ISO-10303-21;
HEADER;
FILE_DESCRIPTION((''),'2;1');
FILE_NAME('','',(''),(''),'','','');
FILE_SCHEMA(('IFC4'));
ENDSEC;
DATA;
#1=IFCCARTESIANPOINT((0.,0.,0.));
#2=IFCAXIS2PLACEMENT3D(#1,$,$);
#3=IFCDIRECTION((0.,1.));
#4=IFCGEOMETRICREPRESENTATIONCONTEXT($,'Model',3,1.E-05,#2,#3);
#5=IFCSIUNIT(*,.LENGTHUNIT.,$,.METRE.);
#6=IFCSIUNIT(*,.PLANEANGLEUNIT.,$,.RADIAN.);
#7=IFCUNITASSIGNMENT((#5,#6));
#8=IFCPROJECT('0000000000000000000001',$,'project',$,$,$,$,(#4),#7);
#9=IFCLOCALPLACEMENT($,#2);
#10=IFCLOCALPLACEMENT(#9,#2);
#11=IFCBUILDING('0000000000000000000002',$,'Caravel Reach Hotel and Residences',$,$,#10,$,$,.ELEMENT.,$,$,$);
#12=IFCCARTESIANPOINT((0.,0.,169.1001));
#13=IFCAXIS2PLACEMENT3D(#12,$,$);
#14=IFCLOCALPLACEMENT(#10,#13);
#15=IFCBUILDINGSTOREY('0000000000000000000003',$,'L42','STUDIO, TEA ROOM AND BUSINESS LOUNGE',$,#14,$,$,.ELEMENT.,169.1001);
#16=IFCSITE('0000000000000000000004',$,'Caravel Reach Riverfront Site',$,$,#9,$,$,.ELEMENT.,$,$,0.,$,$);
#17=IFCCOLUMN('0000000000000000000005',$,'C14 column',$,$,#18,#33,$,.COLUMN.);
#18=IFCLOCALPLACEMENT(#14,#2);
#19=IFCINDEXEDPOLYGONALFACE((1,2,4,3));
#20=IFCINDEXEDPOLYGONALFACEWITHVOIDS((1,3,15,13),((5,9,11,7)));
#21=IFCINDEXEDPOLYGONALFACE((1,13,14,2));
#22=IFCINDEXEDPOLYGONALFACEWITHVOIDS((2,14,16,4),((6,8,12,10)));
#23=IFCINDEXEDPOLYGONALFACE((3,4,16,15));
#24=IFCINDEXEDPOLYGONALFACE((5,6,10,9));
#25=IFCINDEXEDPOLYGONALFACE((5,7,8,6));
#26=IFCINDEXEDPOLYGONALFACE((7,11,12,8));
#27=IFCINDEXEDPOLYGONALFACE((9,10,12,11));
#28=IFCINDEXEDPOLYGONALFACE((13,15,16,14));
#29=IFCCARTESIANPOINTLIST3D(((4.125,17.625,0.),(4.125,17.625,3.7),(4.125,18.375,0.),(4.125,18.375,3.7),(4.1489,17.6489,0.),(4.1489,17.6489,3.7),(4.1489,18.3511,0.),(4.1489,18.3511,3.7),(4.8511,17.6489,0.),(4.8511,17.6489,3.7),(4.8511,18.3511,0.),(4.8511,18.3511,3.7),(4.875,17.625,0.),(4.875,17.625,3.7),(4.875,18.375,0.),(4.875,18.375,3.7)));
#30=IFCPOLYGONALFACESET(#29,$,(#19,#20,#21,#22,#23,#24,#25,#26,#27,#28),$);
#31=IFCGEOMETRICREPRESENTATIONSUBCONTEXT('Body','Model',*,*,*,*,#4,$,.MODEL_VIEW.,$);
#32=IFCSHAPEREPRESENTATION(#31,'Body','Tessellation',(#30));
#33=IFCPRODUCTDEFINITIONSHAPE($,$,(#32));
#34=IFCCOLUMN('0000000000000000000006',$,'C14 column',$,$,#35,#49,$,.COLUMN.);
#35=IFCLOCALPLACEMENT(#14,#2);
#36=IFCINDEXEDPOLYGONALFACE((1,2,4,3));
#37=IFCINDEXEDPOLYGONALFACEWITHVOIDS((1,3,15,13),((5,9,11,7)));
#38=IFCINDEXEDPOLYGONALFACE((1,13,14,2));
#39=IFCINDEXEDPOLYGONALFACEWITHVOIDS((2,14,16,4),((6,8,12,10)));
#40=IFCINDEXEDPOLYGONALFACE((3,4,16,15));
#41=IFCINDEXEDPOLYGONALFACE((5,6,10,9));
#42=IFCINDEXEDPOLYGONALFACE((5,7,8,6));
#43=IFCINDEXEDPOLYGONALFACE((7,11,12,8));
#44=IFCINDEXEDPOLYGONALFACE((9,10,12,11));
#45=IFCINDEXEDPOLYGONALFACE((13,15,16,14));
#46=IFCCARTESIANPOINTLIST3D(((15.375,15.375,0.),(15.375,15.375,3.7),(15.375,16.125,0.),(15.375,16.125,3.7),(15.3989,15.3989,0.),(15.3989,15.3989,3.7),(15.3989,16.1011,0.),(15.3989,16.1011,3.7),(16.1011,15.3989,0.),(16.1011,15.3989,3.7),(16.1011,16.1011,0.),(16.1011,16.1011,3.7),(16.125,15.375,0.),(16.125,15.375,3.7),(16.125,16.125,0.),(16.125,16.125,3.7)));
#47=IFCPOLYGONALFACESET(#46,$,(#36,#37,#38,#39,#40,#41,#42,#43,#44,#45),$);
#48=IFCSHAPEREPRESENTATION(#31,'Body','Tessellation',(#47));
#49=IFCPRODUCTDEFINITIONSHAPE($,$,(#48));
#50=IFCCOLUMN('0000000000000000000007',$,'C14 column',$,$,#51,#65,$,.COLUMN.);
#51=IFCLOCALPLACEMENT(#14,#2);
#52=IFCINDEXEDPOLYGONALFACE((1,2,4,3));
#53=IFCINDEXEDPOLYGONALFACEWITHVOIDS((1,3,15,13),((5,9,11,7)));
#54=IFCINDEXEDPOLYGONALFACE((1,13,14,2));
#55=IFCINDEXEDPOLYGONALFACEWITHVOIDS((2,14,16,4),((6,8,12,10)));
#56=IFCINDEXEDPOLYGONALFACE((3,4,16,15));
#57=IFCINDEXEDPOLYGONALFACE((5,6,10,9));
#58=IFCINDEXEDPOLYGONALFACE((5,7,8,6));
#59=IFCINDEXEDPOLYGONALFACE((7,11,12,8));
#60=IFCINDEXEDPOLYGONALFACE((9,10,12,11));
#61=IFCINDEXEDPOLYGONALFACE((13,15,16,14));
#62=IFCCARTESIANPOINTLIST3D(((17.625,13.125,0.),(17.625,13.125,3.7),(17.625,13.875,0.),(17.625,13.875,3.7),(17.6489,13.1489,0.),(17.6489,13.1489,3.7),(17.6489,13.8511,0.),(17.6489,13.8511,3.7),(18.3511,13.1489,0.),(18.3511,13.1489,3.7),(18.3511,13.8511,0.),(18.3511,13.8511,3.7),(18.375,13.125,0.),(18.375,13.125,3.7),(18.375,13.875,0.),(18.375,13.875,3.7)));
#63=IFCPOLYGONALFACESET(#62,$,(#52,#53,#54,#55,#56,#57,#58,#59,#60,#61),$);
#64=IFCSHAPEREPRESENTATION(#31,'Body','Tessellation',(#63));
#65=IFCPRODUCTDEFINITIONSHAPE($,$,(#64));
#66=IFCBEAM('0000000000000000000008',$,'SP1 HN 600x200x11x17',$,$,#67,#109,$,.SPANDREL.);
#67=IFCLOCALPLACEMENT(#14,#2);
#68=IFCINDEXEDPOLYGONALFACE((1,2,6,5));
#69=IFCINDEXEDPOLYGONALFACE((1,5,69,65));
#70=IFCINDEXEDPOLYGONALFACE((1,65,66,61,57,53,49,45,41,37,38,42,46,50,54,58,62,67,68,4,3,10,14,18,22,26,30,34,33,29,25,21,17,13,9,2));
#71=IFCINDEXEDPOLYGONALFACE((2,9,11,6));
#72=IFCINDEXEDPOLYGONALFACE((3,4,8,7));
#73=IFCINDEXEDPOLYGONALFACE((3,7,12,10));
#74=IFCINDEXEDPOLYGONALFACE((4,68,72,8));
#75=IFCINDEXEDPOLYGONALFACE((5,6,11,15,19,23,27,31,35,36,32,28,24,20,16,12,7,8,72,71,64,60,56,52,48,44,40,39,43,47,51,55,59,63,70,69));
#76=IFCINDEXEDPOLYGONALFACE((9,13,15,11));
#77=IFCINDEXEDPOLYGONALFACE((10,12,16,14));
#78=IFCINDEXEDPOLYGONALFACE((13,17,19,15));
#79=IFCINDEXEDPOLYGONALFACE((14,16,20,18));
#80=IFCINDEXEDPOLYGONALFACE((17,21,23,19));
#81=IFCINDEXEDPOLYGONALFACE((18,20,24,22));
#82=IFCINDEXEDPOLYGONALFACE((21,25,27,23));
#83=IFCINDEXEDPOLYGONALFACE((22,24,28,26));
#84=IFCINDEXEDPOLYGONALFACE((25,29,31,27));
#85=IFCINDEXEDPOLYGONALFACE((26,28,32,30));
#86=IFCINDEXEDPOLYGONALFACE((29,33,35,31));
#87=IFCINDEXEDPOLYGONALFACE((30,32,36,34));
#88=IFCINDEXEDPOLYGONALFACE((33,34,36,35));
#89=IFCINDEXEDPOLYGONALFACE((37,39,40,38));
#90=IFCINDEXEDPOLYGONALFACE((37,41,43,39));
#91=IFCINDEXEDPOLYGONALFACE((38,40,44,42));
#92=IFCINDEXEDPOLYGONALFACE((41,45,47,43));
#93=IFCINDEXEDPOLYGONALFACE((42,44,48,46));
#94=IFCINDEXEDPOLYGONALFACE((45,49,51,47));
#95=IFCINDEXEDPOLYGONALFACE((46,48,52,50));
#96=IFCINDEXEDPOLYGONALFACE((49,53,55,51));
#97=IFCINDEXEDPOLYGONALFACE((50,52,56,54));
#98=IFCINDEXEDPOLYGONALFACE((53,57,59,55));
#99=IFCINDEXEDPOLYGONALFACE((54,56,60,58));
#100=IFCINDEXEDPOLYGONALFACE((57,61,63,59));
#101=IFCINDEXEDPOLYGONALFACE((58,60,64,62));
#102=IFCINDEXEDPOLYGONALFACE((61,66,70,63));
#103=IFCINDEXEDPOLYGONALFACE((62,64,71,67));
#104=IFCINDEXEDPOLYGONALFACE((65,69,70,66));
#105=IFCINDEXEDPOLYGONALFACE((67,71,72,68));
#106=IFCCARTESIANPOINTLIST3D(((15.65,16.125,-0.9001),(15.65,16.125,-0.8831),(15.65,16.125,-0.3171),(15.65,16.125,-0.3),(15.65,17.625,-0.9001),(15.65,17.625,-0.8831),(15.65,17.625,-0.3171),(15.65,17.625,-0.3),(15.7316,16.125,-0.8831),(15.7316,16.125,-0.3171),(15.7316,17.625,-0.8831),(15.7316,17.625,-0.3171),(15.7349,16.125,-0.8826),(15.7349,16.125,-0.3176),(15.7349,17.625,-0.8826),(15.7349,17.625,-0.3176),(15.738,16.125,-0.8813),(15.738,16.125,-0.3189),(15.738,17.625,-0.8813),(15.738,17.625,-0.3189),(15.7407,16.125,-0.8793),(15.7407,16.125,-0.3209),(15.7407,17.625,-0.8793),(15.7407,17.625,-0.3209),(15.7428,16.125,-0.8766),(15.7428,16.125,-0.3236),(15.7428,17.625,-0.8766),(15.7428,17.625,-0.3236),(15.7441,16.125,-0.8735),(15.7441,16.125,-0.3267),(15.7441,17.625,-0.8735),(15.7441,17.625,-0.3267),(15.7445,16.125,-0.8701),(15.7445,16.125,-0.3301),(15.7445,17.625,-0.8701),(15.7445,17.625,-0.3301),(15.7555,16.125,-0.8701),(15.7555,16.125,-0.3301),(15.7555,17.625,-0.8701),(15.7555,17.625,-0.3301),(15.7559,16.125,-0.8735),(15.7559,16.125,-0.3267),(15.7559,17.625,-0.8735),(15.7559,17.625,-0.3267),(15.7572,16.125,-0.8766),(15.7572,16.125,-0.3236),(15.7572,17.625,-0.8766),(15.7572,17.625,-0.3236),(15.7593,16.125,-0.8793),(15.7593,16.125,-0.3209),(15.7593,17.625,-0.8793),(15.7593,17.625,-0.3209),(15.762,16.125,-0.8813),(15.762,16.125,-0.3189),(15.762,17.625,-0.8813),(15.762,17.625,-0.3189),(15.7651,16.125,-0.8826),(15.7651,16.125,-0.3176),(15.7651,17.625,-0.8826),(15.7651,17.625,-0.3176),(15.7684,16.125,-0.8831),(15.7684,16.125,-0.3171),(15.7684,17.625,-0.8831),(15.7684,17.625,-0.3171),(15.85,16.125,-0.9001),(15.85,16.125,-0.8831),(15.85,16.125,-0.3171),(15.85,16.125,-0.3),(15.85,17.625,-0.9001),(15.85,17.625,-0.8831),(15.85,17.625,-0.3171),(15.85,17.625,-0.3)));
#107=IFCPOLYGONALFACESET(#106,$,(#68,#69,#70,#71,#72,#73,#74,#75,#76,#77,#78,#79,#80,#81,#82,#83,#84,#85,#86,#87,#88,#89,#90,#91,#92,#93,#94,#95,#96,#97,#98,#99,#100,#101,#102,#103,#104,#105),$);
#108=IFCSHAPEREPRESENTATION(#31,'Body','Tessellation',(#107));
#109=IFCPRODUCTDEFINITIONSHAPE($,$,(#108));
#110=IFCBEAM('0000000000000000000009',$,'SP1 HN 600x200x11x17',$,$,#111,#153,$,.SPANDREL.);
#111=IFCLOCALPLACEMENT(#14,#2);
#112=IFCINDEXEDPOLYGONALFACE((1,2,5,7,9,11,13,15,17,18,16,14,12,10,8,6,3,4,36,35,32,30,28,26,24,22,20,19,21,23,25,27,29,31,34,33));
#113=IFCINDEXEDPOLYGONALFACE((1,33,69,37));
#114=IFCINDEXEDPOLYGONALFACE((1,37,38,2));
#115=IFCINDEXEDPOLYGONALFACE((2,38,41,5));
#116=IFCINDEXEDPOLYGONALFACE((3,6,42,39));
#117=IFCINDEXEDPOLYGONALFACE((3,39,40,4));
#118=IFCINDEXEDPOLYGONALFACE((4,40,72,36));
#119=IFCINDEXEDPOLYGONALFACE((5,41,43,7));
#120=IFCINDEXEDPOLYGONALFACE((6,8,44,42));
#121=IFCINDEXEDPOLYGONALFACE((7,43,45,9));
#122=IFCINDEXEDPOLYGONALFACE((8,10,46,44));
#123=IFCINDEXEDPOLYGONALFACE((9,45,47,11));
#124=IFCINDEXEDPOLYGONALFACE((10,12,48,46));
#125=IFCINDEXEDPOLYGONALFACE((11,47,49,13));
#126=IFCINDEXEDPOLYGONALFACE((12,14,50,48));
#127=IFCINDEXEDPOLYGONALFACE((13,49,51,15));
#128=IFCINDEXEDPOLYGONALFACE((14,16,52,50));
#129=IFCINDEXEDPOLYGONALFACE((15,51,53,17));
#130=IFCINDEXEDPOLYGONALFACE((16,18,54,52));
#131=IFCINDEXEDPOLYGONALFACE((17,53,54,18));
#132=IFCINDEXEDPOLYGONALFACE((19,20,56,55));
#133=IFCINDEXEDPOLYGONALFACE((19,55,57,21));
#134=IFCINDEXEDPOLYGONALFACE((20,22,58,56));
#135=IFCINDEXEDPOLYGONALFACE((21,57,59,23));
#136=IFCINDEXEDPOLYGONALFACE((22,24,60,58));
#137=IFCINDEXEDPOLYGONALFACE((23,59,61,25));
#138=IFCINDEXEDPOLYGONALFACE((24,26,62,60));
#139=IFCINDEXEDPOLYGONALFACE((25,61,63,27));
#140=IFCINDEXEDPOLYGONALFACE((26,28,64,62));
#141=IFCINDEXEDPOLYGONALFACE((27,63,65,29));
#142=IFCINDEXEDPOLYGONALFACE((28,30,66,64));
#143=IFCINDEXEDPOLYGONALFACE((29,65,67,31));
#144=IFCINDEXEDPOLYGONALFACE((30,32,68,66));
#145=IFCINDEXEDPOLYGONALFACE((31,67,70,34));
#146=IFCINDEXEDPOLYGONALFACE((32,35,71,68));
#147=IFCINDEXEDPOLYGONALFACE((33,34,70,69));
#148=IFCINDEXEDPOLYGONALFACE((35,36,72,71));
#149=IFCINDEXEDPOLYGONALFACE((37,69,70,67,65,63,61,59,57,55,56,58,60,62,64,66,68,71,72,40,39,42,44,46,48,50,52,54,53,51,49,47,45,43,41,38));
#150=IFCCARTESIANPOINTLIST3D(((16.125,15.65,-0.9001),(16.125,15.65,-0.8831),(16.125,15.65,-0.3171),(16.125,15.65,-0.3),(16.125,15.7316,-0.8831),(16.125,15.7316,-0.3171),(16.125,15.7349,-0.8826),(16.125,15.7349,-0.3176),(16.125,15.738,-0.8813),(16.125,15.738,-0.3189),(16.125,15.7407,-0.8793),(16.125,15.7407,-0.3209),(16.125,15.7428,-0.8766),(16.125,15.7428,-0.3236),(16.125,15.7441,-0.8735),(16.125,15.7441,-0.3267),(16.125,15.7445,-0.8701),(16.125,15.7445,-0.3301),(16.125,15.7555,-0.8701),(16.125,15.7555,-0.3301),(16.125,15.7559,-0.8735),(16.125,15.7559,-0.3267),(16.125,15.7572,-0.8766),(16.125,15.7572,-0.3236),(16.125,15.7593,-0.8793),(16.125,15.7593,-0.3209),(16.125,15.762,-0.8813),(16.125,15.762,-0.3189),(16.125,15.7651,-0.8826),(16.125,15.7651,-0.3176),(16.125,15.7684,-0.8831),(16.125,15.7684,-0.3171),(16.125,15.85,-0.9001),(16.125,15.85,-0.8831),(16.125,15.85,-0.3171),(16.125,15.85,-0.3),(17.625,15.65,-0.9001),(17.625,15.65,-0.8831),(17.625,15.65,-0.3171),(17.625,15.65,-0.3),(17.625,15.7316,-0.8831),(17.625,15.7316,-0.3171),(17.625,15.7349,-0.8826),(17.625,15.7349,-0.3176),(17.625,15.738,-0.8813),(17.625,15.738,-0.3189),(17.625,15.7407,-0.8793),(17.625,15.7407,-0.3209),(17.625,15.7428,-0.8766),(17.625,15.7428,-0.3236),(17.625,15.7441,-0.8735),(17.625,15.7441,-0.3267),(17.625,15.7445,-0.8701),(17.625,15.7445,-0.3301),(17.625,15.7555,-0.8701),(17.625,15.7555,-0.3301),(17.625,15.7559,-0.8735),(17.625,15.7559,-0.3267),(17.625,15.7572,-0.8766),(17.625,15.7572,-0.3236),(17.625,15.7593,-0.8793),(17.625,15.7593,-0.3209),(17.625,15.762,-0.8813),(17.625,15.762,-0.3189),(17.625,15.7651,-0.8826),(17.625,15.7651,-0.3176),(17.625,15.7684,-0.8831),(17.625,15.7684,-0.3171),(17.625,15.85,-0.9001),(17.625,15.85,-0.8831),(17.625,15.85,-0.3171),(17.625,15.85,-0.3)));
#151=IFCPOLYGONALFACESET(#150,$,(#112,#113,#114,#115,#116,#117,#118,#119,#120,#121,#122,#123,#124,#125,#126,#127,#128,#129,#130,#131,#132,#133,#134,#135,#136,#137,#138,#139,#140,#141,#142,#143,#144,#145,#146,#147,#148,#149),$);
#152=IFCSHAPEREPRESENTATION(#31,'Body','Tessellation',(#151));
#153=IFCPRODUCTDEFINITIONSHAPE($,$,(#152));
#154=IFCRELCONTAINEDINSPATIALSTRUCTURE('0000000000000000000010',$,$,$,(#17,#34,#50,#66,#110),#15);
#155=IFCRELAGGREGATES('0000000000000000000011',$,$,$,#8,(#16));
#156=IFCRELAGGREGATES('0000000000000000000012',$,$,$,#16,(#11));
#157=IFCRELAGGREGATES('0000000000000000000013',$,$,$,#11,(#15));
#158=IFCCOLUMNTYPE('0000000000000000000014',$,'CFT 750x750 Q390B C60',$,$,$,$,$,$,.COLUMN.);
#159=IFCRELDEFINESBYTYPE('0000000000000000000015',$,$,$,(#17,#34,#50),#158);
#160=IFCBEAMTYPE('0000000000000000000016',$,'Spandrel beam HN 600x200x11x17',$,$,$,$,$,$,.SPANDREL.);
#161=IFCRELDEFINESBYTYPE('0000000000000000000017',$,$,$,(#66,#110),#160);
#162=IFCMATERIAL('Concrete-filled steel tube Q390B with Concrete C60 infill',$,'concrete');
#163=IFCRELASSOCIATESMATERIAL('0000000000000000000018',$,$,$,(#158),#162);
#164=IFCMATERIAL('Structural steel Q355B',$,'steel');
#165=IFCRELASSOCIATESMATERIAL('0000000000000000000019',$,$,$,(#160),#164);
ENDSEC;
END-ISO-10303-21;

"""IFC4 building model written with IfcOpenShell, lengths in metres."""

from ifc_helpers import new_model, si_unit, direction, frame, origin, origin_2d, place, context, subcontext, project, spatial, hollow_rectangle, i_section, extrude, material, material_profile, profile_set, type_object, element, save


model = new_model("IFC4")

# Units and contexts
model_context = context("Model", 3, precision=1e-05, world=origin(), true_north=direction((0.0, 1.0)))
body_context = subcontext(model_context, "Body", "Model", "MODEL_VIEW")
ifc_project = project(units=[si_unit("LENGTHUNIT", "METRE"), si_unit("PLANEANGLEUNIT", "RADIAN")], contexts=[model_context])

# Site, building, storey
site_placement = place(None, origin())
site = spatial("IfcSite", under=ifc_project, at=site_placement, Name="Caravel Reach Riverfront Site", CompositionType="ELEMENT", RefElevation=0.0)
building_placement = place(site_placement, origin())
building = spatial("IfcBuilding", under=site, at=building_placement, Name="Caravel Reach Hotel and Residences", CompositionType="ELEMENT")
storey_placement = place(building_placement, frame((0.0, 0.0, 169.1001)))
storey = spatial("IfcBuildingStorey", under=building, at=storey_placement, Name="L42", Description="STUDIO, TEA ROOM AND BUSINESS LOUNGE", CompositionType="ELEMENT", Elevation=169.1001)

# Columns
ifc_material_1 = material(Name="Concrete-filled steel tube Q390B with Concrete C60 infill", Category="concrete")
ifc_material_profile_1 = material_profile(ifc_material_1, hollow_rectangle(XDim=0.75, YDim=0.75, WallThickness=0.0239, at=origin_2d()), Name="RHS 750x750x24")
ifc_profile_set_1 = profile_set([ifc_material_profile_1], Name="Concrete-filled steel tube Q390B with Concrete C60 infill")
column_type = type_object("IfcColumnType", Name="CFT 750x750 Q390B C60", PredefinedType="COLUMN", material=ifc_profile_set_1)
for number, where, z_axis, x_axis, name in (
    (1, (4.5, 18.0, 0.0), (0.0, 0.0, 1.0), (1.0, 0.0, 0.0), "C14 column"),
    (2, (15.75, 15.75, 0.0), (0.0, 0.0, 1.0), (1.0, 0.0, 0.0), "C14 column"),
    (3, (18.0, 13.5, 0.0), (0.0, 0.0, 1.0), (1.0, 0.0, 0.0), "C14 column"),
):
    element("IfcColumn", number, at=place(storey_placement, frame(where, z_axis=z_axis, x_axis=x_axis)), inside=storey, type_object=column_type, Name=name, PredefinedType="COLUMN", context=body_context, shape_type="SweptSolid", body=[
        extrude(hollow_rectangle(XDim=0.75, YDim=0.75, WallThickness=0.0239, at=origin_2d()), origin(), (0.0, 0.0, 1.0), 3.7),
    ])

# Beams
ifc_material_2 = material(Name="Structural steel Q355B", Category="steel")
ifc_material_profile_2 = material_profile(ifc_material_2, i_section(OverallWidth=0.2, OverallDepth=0.6001, WebThickness=0.011, FlangeThickness=0.0171, FilletRadius=0.0129, at=origin_2d()), Name="HN 600x200x11x17")
ifc_profile_set_2 = profile_set([ifc_material_profile_2], Name="Structural steel Q355B")
beam_type = type_object("IfcBeamType", Name="Spandrel beam HN 600x200x11x17", PredefinedType="SPANDREL", material=ifc_profile_set_2)
for number, where, z_axis, x_axis, name in (
    (4, (15.75, 17.625, -0.6001), (0.0, -1.0, 0.0), (1.0, 0.0, 0.0), "SP1 HN 600x200x11x17"),
    (5, (16.125, 15.75, -0.6001), (1.0, 0.0, 0.0), (0.0, 1.0, 0.0), "SP1 HN 600x200x11x17"),
):
    element("IfcBeam", number, at=place(storey_placement, frame(where, z_axis=z_axis, x_axis=x_axis)), inside=storey, type_object=beam_type, Name=name, PredefinedType="SPANDREL", context=body_context, shape_type="SweptSolid", body=[
        extrude(i_section(OverallWidth=0.2, OverallDepth=0.6001, WebThickness=0.011, FlangeThickness=0.0171, FilletRadius=0.0129, at=origin_2d()), origin(), (0.0, 0.0, 1.0), 1.5),
    ])

save(model, "model.ifc")
